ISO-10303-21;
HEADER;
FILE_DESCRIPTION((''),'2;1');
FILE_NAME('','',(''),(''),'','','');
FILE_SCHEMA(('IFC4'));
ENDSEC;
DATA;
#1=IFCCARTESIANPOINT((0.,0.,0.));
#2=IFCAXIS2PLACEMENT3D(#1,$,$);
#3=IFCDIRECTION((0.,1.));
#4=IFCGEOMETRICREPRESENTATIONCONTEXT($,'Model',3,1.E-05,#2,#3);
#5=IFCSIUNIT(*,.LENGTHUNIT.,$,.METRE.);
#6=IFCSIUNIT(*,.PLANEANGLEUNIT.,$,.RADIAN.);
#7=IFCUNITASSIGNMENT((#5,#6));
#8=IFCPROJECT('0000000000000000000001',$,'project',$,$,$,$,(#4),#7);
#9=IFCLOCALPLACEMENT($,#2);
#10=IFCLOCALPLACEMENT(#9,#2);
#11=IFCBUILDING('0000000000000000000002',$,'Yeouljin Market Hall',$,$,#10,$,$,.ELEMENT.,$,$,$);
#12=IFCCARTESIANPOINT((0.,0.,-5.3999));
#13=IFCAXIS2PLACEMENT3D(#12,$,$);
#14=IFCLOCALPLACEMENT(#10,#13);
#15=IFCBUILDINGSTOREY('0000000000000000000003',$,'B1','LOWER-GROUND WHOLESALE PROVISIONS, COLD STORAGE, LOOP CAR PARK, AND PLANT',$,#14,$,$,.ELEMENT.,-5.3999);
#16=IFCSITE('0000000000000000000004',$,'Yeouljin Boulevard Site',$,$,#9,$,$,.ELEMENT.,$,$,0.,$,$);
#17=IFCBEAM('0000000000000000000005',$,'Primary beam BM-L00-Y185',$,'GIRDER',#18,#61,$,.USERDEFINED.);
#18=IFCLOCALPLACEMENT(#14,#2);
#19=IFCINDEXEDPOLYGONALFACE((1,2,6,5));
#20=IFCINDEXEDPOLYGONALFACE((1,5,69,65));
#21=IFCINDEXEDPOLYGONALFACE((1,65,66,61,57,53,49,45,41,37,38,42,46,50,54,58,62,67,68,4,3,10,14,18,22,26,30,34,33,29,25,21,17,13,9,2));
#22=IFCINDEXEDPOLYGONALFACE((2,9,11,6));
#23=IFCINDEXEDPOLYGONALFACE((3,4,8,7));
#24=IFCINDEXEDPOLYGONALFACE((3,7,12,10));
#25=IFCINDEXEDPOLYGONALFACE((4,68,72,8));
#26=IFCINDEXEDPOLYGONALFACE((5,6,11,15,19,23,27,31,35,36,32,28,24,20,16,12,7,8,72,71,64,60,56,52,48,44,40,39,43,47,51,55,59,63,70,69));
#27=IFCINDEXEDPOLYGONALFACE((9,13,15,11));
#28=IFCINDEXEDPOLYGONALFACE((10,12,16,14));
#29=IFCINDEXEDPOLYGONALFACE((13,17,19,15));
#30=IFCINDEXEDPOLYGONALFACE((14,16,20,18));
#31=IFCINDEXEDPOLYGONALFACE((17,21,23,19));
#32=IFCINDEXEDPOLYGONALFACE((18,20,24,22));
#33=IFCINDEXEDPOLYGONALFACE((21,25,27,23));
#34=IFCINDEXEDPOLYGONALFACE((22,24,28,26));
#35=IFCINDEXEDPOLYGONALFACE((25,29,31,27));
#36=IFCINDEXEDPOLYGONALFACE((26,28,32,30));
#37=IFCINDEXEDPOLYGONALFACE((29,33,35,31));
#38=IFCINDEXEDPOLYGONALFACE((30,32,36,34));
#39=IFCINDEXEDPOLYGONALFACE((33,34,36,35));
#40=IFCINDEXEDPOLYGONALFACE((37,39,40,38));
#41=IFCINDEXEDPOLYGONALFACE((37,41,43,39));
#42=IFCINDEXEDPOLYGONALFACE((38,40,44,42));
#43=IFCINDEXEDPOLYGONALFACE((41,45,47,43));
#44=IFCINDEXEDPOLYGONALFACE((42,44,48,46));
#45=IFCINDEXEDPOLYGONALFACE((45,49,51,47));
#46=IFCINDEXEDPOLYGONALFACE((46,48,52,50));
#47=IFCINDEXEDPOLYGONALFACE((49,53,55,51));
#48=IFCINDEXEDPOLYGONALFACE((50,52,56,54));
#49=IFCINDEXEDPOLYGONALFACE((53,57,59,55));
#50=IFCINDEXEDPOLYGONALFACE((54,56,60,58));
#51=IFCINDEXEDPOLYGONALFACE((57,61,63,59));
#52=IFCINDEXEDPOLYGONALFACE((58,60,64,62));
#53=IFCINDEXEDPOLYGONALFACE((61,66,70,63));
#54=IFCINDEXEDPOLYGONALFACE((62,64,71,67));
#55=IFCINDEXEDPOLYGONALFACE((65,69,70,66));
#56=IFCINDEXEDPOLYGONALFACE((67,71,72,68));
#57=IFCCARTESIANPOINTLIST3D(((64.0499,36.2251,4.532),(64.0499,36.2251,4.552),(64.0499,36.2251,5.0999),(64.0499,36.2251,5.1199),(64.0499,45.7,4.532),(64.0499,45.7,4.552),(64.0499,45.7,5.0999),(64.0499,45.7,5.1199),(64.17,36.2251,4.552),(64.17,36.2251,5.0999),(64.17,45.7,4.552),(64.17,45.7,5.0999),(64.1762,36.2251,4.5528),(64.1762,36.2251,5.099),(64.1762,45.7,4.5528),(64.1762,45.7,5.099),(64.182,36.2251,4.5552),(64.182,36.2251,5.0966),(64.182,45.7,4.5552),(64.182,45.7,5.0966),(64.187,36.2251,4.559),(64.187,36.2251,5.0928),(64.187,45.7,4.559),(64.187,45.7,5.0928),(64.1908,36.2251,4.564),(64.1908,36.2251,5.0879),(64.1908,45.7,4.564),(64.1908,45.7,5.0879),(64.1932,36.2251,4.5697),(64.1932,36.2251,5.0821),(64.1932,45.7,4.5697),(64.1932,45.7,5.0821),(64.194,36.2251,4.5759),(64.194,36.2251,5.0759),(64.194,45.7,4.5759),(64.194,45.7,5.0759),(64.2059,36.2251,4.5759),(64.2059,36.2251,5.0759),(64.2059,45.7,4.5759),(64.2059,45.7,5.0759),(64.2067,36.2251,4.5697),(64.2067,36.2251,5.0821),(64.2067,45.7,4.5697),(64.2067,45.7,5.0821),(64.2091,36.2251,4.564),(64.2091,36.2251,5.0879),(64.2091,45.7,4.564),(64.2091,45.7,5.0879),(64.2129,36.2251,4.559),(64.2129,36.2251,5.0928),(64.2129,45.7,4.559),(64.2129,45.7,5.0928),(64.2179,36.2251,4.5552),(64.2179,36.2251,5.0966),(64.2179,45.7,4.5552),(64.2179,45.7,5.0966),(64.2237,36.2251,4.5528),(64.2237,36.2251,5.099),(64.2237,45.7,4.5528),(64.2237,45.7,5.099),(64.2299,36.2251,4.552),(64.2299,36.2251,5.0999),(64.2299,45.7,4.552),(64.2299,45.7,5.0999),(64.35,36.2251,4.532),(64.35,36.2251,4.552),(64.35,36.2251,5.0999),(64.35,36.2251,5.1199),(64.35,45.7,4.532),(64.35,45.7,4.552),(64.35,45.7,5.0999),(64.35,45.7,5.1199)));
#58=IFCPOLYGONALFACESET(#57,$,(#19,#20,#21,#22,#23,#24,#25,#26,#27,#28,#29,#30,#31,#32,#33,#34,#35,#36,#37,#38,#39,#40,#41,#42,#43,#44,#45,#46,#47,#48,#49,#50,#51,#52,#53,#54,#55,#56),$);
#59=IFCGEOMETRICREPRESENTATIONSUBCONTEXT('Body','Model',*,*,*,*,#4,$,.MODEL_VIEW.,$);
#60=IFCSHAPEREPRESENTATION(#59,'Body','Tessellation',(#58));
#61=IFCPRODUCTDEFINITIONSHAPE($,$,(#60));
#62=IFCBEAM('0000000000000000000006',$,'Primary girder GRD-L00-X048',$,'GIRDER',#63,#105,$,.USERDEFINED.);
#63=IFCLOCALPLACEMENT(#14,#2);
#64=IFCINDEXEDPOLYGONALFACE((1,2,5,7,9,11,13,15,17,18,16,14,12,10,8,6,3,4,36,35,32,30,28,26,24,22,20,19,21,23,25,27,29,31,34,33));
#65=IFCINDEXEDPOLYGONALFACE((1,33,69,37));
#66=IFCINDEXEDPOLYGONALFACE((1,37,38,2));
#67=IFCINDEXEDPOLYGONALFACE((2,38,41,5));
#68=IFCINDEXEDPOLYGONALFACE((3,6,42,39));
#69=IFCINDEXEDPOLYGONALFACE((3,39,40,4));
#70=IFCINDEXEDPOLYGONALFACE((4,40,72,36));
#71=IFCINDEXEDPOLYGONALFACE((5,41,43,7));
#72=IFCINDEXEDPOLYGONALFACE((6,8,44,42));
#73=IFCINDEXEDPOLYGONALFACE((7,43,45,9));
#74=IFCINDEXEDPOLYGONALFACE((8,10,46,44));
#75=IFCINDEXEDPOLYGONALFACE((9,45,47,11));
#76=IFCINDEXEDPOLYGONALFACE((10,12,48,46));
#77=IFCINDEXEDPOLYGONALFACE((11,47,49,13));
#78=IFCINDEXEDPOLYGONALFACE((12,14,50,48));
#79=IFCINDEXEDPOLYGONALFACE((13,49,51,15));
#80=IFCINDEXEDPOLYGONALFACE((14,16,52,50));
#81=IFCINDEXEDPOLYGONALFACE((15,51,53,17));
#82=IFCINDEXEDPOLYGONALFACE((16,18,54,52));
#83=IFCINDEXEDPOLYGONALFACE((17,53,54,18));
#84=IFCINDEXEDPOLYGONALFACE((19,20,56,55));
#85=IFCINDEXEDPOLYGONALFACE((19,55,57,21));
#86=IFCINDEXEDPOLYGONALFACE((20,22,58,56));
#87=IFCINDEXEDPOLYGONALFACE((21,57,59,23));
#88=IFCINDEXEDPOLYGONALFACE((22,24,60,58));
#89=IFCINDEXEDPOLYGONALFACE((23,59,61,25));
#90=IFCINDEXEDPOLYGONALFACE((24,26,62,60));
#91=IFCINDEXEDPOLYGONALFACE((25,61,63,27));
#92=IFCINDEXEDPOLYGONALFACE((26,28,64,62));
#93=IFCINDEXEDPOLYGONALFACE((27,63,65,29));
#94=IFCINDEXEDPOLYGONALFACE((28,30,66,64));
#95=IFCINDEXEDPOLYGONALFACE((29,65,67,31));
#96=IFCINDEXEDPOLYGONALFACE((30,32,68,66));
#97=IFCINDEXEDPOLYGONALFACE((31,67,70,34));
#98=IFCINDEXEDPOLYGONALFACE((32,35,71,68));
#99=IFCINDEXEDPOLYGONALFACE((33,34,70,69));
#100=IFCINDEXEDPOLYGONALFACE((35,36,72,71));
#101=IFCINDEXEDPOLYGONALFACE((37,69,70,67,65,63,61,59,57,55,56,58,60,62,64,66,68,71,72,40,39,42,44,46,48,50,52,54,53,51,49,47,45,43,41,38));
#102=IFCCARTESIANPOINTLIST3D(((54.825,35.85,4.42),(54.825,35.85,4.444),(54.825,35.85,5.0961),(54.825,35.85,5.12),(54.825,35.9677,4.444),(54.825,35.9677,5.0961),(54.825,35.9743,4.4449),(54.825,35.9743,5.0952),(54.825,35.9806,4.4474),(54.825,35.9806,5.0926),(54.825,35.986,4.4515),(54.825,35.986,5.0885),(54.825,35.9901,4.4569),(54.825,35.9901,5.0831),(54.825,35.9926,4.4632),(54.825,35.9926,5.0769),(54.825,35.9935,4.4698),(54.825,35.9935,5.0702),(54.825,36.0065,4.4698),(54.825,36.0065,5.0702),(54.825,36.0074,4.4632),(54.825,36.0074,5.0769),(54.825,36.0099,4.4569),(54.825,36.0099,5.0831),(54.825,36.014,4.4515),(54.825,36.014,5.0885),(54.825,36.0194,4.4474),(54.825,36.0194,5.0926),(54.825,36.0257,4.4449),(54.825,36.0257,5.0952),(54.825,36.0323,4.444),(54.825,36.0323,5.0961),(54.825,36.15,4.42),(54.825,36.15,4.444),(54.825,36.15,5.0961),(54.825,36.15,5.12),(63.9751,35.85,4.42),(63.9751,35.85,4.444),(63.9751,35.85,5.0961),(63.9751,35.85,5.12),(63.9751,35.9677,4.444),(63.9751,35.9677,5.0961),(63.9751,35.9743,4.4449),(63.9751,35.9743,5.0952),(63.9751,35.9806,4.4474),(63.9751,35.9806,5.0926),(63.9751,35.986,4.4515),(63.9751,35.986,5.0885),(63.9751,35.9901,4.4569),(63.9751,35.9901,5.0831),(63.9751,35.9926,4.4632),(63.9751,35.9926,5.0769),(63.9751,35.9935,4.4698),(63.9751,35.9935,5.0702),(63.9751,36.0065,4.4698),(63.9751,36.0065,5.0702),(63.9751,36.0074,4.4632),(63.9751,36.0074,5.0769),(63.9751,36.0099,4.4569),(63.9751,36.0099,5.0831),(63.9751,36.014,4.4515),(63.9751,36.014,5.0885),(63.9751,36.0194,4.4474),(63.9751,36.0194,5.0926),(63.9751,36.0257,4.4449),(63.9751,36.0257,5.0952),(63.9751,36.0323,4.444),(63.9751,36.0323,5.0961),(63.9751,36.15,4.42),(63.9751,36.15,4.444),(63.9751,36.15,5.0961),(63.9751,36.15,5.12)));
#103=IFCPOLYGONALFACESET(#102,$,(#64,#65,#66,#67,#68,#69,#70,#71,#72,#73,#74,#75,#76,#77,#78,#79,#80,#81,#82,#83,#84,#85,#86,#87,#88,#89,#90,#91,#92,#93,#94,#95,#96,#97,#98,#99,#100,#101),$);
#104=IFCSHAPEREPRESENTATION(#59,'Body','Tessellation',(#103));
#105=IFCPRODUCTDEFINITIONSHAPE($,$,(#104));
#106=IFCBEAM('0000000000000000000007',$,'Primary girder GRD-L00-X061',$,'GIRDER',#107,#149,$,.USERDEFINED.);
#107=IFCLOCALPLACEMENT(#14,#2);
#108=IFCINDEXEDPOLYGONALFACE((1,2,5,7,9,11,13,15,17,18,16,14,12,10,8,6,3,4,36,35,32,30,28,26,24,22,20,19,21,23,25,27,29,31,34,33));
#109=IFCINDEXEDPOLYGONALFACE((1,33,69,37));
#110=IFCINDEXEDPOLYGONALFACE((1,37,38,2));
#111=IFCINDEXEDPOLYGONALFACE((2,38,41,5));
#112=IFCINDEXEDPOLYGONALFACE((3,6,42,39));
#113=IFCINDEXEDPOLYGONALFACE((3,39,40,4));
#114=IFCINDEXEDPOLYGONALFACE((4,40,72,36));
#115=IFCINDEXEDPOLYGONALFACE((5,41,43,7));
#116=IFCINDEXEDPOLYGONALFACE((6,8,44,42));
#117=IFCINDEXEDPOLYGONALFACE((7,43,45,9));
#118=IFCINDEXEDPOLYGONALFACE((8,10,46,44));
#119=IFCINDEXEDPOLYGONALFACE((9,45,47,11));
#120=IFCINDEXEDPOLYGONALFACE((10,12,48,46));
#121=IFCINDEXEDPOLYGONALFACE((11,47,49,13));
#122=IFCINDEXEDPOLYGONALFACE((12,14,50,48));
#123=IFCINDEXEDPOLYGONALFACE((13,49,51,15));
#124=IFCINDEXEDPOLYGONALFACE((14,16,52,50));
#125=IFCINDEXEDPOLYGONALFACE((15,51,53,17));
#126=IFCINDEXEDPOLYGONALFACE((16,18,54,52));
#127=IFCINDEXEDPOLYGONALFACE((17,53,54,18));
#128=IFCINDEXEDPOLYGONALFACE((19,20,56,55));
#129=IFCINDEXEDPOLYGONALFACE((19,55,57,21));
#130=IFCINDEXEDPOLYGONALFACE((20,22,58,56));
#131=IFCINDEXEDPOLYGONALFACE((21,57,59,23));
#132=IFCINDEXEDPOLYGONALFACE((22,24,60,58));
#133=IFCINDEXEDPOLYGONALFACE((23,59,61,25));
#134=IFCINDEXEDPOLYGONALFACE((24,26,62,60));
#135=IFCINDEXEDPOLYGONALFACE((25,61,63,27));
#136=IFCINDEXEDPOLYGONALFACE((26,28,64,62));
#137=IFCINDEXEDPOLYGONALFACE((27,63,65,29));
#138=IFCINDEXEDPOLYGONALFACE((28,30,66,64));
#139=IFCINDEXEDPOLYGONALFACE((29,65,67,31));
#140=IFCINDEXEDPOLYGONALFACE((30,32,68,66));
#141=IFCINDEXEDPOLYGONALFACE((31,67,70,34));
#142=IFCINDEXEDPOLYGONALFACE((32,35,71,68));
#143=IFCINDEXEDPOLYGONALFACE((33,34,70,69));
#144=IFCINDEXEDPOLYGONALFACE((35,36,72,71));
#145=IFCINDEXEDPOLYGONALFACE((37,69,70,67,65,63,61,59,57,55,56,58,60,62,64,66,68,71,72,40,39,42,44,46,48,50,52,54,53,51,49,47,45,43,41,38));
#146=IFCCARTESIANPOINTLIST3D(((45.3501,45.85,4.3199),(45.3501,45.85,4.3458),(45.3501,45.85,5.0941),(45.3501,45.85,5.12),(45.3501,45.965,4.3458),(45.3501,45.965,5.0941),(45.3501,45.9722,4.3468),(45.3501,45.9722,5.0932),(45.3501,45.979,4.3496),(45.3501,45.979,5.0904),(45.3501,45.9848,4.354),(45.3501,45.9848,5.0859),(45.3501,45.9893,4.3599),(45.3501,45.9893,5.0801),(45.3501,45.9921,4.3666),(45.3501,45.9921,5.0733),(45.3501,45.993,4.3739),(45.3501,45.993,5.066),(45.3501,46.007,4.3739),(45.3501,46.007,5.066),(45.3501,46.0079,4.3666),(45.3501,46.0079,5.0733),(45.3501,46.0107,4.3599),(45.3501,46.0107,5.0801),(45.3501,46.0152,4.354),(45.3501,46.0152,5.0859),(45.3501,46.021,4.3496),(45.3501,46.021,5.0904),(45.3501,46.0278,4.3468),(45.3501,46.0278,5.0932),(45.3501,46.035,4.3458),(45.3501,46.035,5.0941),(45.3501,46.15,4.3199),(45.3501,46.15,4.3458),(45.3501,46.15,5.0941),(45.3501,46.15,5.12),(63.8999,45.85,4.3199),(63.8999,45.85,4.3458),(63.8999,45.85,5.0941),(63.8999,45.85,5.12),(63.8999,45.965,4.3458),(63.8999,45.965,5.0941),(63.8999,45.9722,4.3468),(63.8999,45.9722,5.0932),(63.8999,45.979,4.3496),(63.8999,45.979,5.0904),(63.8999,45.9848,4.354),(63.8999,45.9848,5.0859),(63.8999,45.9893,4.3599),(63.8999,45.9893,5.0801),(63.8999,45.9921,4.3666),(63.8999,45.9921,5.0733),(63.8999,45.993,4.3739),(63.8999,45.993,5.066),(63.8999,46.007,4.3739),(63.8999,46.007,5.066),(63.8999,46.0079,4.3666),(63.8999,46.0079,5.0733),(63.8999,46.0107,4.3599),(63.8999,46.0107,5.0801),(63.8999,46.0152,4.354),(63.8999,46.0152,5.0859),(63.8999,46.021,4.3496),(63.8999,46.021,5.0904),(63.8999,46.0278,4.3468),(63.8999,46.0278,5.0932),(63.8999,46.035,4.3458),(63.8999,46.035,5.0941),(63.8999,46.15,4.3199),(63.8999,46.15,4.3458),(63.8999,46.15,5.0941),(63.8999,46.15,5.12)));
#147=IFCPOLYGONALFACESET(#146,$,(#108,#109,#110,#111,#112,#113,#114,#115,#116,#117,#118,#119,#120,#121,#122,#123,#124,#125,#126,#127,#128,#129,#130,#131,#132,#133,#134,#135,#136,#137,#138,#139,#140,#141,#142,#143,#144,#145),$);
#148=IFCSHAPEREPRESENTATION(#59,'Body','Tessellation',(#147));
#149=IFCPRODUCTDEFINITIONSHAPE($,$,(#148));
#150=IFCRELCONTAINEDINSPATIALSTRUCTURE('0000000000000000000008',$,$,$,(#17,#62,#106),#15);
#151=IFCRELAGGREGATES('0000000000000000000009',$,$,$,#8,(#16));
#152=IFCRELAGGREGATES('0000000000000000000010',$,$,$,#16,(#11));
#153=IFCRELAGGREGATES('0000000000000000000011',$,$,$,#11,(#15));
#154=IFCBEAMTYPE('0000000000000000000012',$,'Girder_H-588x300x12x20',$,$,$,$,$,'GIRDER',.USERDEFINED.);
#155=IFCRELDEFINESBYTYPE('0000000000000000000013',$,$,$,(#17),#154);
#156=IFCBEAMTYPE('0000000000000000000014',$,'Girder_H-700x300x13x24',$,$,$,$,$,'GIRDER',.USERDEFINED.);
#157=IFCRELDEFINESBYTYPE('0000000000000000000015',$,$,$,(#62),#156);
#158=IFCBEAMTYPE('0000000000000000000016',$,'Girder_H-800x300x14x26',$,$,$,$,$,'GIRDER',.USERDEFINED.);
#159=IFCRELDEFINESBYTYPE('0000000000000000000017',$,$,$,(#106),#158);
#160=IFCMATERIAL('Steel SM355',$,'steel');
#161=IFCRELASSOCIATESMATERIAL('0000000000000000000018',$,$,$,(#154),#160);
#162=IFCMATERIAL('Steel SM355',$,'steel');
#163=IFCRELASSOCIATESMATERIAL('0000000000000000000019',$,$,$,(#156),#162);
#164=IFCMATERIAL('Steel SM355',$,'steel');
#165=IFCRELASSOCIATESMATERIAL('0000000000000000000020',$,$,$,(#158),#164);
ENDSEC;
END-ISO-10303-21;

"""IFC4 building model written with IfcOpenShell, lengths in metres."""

from ifc_helpers import new_model, si_unit, direction, frame, origin, origin_2d, place, context, subcontext, project, spatial, i_section, extrude, material, material_profile, profile_set, type_object, element, save


model = new_model("IFC4")

# Units and contexts
model_context = context("Model", 3, precision=1e-05, world=origin(), true_north=direction((0.0, 1.0)))
body_context = subcontext(model_context, "Body", "Model", "MODEL_VIEW")
ifc_project = project(units=[si_unit("LENGTHUNIT", "METRE"), si_unit("PLANEANGLEUNIT", "RADIAN")], contexts=[model_context])

# Site, building, storey
site_placement = place(None, origin())
site = spatial("IfcSite", under=ifc_project, at=site_placement, Name="Yeouljin Boulevard Site", CompositionType="ELEMENT", RefElevation=0.0)
building_placement = place(site_placement, origin())
building = spatial("IfcBuilding", under=site, at=building_placement, Name="Yeouljin Market Hall", CompositionType="ELEMENT")
storey_placement = place(building_placement, frame((0.0, 0.0, -5.3999)))
storey = spatial("IfcBuildingStorey", under=building, at=storey_placement, Name="B1", Description="LOWER-GROUND WHOLESALE PROVISIONS, COLD STORAGE, LOOP CAR PARK, AND PLANT", CompositionType="ELEMENT", Elevation=-5.3999)

# Beams
ifc_material_1 = material(Name="Steel SM355", Category="steel")
ifc_material_profile_1 = material_profile(ifc_material_1, i_section(OverallWidth=0.3, OverallDepth=0.5879, WebThickness=0.012, FlangeThickness=0.02, FilletRadius=0.0239, at=origin_2d()), Name="H-588x300x12x20")
ifc_profile_set_1 = profile_set([ifc_material_profile_1], Name="Steel SM355")
beam_type_1 = type_object("IfcBeamType", Name="Girder_H-588x300x12x20", ElementType="GIRDER", PredefinedType="USERDEFINED", material=ifc_profile_set_1)
beam_1_placement = place(storey_placement, frame((64.2, 36.2251, 4.8259), z_axis=(0.0, 1.0, 0.0), x_axis=(-1.0, 0.0, 0.0)))
element("IfcBeam", 1, at=beam_1_placement, inside=storey, type_object=beam_type_1, Name="Primary beam BM-L00-Y185", ObjectType="GIRDER", PredefinedType="USERDEFINED", context=body_context, shape_type="SweptSolid", body=[
    extrude(i_section(OverallWidth=0.3, OverallDepth=0.5879, WebThickness=0.012, FlangeThickness=0.02, FilletRadius=0.0239, at=origin_2d()), origin(), (0.0, 0.0, 1.0), 9.4749),
])
ifc_material_2 = material(Name="Steel SM355", Category="steel")
ifc_material_profile_2 = material_profile(ifc_material_2, i_section(OverallWidth=0.3, OverallDepth=0.7, WebThickness=0.0129, FlangeThickness=0.0239, FilletRadius=0.0259, at=origin_2d()), Name="H-700x300x13x24")
ifc_profile_set_2 = profile_set([ifc_material_profile_2], Name="Steel SM355")
beam_type_2 = type_object("IfcBeamType", Name="Girder_H-700x300x13x24", ElementType="GIRDER", PredefinedType="USERDEFINED", material=ifc_profile_set_2)
beam_2_placement = place(storey_placement, frame((54.825, 36.0, 4.77), z_axis=(1.0, 0.0, 0.0), x_axis=(0.0, 1.0, 0.0)))
element("IfcBeam", 2, at=beam_2_placement, inside=storey, type_object=beam_type_2, Name="Primary girder GRD-L00-X048", ObjectType="GIRDER", PredefinedType="USERDEFINED", context=body_context, shape_type="SweptSolid", body=[
    extrude(i_section(OverallWidth=0.3, OverallDepth=0.7, WebThickness=0.0129, FlangeThickness=0.0239, FilletRadius=0.0259, at=origin_2d()), origin(), (0.0, 0.0, 1.0), 9.1501),
])
ifc_material_3 = material(Name="Steel SM355", Category="steel")
ifc_material_profile_3 = material_profile(ifc_material_3, i_section(OverallWidth=0.3, OverallDepth=0.8, WebThickness=0.0139, FlangeThickness=0.0259, FilletRadius=0.0281, at=origin_2d()), Name="H-800x300x14x26")
ifc_profile_set_3 = profile_set([ifc_material_profile_3], Name="Steel SM355")
beam_type_3 = type_object("IfcBeamType", Name="Girder_H-800x300x14x26", ElementType="GIRDER", PredefinedType="USERDEFINED", material=ifc_profile_set_3)
beam_3_placement = place(storey_placement, frame((45.3501, 46.0, 4.72), z_axis=(1.0, 0.0, 0.0), x_axis=(0.0, 1.0, 0.0)))
element("IfcBeam", 3, at=beam_3_placement, inside=storey, type_object=beam_type_3, Name="Primary girder GRD-L00-X061", ObjectType="GIRDER", PredefinedType="USERDEFINED", context=body_context, shape_type="SweptSolid", body=[
    extrude(i_section(OverallWidth=0.3, OverallDepth=0.8, WebThickness=0.0139, FlangeThickness=0.0259, FilletRadius=0.0281, at=origin_2d()), origin(), (0.0, 0.0, 1.0), 18.5498),
])

save(model, "model.ifc")
